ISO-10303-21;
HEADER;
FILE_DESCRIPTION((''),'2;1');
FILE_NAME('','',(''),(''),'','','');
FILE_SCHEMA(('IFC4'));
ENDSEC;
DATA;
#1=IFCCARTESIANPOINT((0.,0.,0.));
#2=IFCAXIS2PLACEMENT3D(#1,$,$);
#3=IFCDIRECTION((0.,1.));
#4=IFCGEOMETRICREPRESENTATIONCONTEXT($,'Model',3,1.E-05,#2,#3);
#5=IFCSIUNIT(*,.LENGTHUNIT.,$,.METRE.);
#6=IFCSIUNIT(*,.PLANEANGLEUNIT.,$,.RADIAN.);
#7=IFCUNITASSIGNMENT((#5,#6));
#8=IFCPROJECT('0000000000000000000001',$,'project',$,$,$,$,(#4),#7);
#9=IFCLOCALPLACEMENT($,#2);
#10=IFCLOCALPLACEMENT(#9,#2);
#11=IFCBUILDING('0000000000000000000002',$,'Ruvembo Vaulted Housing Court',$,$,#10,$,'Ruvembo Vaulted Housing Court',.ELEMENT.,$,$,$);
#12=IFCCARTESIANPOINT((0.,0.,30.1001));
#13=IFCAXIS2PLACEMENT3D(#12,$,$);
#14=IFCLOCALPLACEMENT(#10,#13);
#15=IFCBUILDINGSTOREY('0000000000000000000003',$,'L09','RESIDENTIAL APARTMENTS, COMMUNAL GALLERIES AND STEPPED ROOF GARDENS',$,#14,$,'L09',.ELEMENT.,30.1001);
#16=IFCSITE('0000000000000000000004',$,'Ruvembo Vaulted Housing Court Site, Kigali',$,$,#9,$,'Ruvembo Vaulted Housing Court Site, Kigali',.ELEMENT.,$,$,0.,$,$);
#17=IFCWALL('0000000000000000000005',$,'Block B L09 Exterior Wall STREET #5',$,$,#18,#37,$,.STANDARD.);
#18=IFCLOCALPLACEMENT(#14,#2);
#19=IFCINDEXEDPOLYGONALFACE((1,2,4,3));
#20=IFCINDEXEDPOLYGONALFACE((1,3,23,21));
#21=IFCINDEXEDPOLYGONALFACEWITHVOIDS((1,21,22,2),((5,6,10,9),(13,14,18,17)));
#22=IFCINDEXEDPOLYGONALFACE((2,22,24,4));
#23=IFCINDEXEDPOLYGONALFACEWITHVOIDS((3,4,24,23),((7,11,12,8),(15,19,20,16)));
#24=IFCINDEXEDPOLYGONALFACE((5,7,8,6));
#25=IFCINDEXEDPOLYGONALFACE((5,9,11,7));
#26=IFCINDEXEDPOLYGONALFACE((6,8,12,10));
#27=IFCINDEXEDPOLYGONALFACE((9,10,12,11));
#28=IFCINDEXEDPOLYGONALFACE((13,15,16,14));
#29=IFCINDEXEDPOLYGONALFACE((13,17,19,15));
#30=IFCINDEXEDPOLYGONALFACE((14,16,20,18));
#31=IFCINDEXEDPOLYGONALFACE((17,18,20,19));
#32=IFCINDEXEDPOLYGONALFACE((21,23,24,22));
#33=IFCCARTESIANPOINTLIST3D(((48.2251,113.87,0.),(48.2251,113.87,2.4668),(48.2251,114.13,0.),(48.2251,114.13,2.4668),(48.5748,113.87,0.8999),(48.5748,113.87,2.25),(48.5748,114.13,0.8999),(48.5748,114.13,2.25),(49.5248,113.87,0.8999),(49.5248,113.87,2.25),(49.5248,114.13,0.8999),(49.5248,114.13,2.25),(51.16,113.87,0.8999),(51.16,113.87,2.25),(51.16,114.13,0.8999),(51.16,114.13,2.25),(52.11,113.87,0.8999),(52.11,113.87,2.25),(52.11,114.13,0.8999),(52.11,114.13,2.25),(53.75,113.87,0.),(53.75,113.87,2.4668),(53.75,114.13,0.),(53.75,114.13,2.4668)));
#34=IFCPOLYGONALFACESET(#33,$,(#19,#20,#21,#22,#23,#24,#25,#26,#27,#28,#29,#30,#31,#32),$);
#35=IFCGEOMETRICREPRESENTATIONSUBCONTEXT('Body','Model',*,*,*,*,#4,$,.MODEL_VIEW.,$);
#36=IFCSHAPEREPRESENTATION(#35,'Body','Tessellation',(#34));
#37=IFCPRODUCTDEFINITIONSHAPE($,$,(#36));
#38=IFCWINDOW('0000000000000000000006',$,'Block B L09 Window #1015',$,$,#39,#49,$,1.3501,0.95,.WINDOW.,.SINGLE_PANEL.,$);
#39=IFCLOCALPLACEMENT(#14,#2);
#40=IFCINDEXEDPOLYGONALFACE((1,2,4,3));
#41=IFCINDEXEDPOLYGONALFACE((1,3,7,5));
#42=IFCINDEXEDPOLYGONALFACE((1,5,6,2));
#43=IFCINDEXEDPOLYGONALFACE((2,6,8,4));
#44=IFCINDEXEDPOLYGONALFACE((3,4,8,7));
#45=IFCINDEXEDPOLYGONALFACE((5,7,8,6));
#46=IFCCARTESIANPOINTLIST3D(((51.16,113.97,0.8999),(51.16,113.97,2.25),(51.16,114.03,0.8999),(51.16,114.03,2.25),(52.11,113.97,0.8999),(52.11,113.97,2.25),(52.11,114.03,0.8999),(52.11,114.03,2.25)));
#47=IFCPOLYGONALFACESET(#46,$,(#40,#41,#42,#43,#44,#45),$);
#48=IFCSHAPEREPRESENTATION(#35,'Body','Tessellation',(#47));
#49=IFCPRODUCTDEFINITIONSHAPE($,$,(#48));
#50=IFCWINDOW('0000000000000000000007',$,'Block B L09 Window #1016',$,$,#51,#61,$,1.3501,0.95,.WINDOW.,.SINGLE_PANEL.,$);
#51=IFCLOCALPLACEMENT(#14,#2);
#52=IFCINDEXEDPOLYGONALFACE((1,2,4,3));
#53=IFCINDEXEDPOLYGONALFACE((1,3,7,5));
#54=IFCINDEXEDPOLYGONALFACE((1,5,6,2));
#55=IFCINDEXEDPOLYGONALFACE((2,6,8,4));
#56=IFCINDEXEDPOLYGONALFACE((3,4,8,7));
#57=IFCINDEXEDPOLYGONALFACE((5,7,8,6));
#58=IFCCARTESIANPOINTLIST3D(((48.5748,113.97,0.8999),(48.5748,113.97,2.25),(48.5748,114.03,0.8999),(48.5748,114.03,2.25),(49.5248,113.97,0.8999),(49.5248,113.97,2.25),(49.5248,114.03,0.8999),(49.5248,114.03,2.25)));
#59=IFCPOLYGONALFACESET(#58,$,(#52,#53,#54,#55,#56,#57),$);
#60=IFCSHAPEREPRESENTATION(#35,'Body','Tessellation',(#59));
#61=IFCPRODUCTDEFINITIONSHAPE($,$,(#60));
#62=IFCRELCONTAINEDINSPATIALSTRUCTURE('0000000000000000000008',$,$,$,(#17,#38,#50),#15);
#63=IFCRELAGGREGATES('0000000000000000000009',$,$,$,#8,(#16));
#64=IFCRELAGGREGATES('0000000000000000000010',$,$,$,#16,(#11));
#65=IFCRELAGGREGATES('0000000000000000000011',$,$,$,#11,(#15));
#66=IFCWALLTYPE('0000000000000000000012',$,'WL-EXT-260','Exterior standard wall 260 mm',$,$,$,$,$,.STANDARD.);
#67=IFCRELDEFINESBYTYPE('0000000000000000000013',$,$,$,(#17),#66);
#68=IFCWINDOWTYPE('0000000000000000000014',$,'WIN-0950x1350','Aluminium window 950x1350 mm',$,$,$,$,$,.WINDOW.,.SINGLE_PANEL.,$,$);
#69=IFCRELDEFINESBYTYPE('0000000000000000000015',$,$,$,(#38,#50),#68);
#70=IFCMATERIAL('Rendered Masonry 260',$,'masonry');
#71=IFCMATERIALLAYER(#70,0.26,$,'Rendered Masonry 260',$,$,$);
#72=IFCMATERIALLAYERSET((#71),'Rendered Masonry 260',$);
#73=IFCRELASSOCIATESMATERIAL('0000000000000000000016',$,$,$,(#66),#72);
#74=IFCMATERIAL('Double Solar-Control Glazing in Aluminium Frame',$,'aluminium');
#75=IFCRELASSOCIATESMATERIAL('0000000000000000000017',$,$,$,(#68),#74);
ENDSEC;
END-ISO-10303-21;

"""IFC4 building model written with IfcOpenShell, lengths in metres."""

from ifc_helpers import new_model, si_unit, direction, frame, frame_2d, origin, place, context, subcontext, project, spatial, rectangle, extrude, material, layer, layer_set, type_object, element, fill, save


model = new_model("IFC4")

# Units and contexts
model_context = context("Model", 3, precision=1e-05, world=origin(), true_north=direction((0.0, 1.0)))
body_context = subcontext(model_context, "Body", "Model", "MODEL_VIEW")
ifc_project = project(units=[si_unit("LENGTHUNIT", "METRE"), si_unit("PLANEANGLEUNIT", "RADIAN")], contexts=[model_context])

# Site, building, storey
site_placement = place(None, origin())
site = spatial("IfcSite", under=ifc_project, at=site_placement, Name="Ruvembo Vaulted Housing Court Site, Kigali", LongName="Ruvembo Vaulted Housing Court Site, Kigali", CompositionType="ELEMENT", RefElevation=0.0)
building_placement = place(site_placement, origin())
building = spatial("IfcBuilding", under=site, at=building_placement, Name="Ruvembo Vaulted Housing Court", LongName="Ruvembo Vaulted Housing Court", CompositionType="ELEMENT")
storey_placement = place(building_placement, frame((0.0, 0.0, 30.1001)))
storey = spatial("IfcBuildingStorey", under=building, at=storey_placement, Name="L09", Description="RESIDENTIAL APARTMENTS, COMMUNAL GALLERIES AND STEPPED ROOF GARDENS", LongName="L09", CompositionType="ELEMENT", Elevation=30.1001)

# Wall, openings, windows
ifc_material_1 = material(Name="Rendered Masonry 260", Category="masonry")
ifc_layer = layer(ifc_material_1, 0.26, Name="Rendered Masonry 260")
ifc_layer_set = layer_set([ifc_layer], Name="Rendered Masonry 260")
wall_type = type_object("IfcWallType", Name="WL-EXT-260", Description="Exterior standard wall 260 mm", PredefinedType="STANDARD", material=ifc_layer_set)
ifc_material_2 = material(Name="Double Solar-Control Glazing in Aluminium Frame", Category="aluminium")
wall_1_placement = place(storey_placement, frame((53.75, 114.0, 0.0), z_axis=(0.0, 0.0, 1.0), x_axis=(-1.0, 0.0, 0.0)))
wall_1 = element("IfcWall", 1, at=wall_1_placement, inside=storey, type_object=wall_type, Name="Block B L09 Exterior Wall STREET #5", PredefinedType="STANDARD", context=body_context, shape_type="SweptSolid", body=[
    extrude(rectangle(XDim=5.5249, YDim=0.26, at=frame_2d((2.7625, 0.0))), origin(), (0.0, 0.0, 1.0), 2.4668),
])
opening_1_placement = place(wall_1_placement, frame((1.6399, 0.0, 0.8999)))
opening_1 = element("IfcOpeningElement", 2, at=opening_1_placement, cuts=wall_1, PredefinedType="OPENING", context=body_context, shape_type="SweptSolid", body=[
    extrude(rectangle(XDim=0.95, YDim=1.3501, at=frame_2d((0.4751, 0.675))), frame((0.0, 0.1399, 0.0), z_axis=(0.0, -1.0, 0.0), x_axis=(1.0, 0.0, 0.0)), (0.0, 0.0, 1.0), 0.28),
])
opening_2_placement = place(wall_1_placement, frame((4.2251, 0.0, 0.8999)))
opening_2 = element("IfcOpeningElement", 3, at=opening_2_placement, cuts=wall_1, PredefinedType="OPENING", context=body_context, shape_type="SweptSolid", body=[
    extrude(rectangle(XDim=0.95, YDim=1.3501, at=frame_2d((0.4751, 0.675))), frame((0.0, 0.1399, 0.0), z_axis=(0.0, -1.0, 0.0), x_axis=(1.0, 0.0, 0.0)), (0.0, 0.0, 1.0), 0.28),
])
window_type_1 = type_object("IfcWindowType", Name="WIN-0950x1350", Description="Aluminium window 950x1350 mm", PartitioningType="SINGLE_PANEL", PredefinedType="WINDOW", material=ifc_material_2)
window_1_placement = place(opening_1_placement, origin())
window_1 = element("IfcWindow", 4, at=window_1_placement, inside=storey, type_object=window_type_1, Name="Block B L09 Window #1015", OverallHeight=1.3501, OverallWidth=0.95, PartitioningType="SINGLE_PANEL", PredefinedType="WINDOW", context=body_context, shape_type="SweptSolid", body=[
    extrude(rectangle(XDim=0.95, YDim=1.3501, at=frame_2d((0.4751, 0.675))), frame((0.0, 0.03, 0.0), z_axis=(0.0, -1.0, 0.0), x_axis=(1.0, 0.0, 0.0)), (0.0, 0.0, 1.0), 0.0601),
])
fill(opening_1, window_1)
window_2_placement = place(opening_2_placement, origin())
window_2 = element("IfcWindow", 5, at=window_2_placement, inside=storey, type_object=window_type_1, Name="Block B L09 Window #1016", OverallHeight=1.3501, OverallWidth=0.95, PartitioningType="SINGLE_PANEL", PredefinedType="WINDOW", context=body_context, shape_type="SweptSolid", body=[
    extrude(rectangle(XDim=0.95, YDim=1.3501, at=frame_2d((0.4751, 0.675))), frame((0.0, 0.03, 0.0), z_axis=(0.0, -1.0, 0.0), x_axis=(1.0, 0.0, 0.0)), (0.0, 0.0, 1.0), 0.0601),
])
fill(opening_2, window_2)

save(model, "model.ifc")
